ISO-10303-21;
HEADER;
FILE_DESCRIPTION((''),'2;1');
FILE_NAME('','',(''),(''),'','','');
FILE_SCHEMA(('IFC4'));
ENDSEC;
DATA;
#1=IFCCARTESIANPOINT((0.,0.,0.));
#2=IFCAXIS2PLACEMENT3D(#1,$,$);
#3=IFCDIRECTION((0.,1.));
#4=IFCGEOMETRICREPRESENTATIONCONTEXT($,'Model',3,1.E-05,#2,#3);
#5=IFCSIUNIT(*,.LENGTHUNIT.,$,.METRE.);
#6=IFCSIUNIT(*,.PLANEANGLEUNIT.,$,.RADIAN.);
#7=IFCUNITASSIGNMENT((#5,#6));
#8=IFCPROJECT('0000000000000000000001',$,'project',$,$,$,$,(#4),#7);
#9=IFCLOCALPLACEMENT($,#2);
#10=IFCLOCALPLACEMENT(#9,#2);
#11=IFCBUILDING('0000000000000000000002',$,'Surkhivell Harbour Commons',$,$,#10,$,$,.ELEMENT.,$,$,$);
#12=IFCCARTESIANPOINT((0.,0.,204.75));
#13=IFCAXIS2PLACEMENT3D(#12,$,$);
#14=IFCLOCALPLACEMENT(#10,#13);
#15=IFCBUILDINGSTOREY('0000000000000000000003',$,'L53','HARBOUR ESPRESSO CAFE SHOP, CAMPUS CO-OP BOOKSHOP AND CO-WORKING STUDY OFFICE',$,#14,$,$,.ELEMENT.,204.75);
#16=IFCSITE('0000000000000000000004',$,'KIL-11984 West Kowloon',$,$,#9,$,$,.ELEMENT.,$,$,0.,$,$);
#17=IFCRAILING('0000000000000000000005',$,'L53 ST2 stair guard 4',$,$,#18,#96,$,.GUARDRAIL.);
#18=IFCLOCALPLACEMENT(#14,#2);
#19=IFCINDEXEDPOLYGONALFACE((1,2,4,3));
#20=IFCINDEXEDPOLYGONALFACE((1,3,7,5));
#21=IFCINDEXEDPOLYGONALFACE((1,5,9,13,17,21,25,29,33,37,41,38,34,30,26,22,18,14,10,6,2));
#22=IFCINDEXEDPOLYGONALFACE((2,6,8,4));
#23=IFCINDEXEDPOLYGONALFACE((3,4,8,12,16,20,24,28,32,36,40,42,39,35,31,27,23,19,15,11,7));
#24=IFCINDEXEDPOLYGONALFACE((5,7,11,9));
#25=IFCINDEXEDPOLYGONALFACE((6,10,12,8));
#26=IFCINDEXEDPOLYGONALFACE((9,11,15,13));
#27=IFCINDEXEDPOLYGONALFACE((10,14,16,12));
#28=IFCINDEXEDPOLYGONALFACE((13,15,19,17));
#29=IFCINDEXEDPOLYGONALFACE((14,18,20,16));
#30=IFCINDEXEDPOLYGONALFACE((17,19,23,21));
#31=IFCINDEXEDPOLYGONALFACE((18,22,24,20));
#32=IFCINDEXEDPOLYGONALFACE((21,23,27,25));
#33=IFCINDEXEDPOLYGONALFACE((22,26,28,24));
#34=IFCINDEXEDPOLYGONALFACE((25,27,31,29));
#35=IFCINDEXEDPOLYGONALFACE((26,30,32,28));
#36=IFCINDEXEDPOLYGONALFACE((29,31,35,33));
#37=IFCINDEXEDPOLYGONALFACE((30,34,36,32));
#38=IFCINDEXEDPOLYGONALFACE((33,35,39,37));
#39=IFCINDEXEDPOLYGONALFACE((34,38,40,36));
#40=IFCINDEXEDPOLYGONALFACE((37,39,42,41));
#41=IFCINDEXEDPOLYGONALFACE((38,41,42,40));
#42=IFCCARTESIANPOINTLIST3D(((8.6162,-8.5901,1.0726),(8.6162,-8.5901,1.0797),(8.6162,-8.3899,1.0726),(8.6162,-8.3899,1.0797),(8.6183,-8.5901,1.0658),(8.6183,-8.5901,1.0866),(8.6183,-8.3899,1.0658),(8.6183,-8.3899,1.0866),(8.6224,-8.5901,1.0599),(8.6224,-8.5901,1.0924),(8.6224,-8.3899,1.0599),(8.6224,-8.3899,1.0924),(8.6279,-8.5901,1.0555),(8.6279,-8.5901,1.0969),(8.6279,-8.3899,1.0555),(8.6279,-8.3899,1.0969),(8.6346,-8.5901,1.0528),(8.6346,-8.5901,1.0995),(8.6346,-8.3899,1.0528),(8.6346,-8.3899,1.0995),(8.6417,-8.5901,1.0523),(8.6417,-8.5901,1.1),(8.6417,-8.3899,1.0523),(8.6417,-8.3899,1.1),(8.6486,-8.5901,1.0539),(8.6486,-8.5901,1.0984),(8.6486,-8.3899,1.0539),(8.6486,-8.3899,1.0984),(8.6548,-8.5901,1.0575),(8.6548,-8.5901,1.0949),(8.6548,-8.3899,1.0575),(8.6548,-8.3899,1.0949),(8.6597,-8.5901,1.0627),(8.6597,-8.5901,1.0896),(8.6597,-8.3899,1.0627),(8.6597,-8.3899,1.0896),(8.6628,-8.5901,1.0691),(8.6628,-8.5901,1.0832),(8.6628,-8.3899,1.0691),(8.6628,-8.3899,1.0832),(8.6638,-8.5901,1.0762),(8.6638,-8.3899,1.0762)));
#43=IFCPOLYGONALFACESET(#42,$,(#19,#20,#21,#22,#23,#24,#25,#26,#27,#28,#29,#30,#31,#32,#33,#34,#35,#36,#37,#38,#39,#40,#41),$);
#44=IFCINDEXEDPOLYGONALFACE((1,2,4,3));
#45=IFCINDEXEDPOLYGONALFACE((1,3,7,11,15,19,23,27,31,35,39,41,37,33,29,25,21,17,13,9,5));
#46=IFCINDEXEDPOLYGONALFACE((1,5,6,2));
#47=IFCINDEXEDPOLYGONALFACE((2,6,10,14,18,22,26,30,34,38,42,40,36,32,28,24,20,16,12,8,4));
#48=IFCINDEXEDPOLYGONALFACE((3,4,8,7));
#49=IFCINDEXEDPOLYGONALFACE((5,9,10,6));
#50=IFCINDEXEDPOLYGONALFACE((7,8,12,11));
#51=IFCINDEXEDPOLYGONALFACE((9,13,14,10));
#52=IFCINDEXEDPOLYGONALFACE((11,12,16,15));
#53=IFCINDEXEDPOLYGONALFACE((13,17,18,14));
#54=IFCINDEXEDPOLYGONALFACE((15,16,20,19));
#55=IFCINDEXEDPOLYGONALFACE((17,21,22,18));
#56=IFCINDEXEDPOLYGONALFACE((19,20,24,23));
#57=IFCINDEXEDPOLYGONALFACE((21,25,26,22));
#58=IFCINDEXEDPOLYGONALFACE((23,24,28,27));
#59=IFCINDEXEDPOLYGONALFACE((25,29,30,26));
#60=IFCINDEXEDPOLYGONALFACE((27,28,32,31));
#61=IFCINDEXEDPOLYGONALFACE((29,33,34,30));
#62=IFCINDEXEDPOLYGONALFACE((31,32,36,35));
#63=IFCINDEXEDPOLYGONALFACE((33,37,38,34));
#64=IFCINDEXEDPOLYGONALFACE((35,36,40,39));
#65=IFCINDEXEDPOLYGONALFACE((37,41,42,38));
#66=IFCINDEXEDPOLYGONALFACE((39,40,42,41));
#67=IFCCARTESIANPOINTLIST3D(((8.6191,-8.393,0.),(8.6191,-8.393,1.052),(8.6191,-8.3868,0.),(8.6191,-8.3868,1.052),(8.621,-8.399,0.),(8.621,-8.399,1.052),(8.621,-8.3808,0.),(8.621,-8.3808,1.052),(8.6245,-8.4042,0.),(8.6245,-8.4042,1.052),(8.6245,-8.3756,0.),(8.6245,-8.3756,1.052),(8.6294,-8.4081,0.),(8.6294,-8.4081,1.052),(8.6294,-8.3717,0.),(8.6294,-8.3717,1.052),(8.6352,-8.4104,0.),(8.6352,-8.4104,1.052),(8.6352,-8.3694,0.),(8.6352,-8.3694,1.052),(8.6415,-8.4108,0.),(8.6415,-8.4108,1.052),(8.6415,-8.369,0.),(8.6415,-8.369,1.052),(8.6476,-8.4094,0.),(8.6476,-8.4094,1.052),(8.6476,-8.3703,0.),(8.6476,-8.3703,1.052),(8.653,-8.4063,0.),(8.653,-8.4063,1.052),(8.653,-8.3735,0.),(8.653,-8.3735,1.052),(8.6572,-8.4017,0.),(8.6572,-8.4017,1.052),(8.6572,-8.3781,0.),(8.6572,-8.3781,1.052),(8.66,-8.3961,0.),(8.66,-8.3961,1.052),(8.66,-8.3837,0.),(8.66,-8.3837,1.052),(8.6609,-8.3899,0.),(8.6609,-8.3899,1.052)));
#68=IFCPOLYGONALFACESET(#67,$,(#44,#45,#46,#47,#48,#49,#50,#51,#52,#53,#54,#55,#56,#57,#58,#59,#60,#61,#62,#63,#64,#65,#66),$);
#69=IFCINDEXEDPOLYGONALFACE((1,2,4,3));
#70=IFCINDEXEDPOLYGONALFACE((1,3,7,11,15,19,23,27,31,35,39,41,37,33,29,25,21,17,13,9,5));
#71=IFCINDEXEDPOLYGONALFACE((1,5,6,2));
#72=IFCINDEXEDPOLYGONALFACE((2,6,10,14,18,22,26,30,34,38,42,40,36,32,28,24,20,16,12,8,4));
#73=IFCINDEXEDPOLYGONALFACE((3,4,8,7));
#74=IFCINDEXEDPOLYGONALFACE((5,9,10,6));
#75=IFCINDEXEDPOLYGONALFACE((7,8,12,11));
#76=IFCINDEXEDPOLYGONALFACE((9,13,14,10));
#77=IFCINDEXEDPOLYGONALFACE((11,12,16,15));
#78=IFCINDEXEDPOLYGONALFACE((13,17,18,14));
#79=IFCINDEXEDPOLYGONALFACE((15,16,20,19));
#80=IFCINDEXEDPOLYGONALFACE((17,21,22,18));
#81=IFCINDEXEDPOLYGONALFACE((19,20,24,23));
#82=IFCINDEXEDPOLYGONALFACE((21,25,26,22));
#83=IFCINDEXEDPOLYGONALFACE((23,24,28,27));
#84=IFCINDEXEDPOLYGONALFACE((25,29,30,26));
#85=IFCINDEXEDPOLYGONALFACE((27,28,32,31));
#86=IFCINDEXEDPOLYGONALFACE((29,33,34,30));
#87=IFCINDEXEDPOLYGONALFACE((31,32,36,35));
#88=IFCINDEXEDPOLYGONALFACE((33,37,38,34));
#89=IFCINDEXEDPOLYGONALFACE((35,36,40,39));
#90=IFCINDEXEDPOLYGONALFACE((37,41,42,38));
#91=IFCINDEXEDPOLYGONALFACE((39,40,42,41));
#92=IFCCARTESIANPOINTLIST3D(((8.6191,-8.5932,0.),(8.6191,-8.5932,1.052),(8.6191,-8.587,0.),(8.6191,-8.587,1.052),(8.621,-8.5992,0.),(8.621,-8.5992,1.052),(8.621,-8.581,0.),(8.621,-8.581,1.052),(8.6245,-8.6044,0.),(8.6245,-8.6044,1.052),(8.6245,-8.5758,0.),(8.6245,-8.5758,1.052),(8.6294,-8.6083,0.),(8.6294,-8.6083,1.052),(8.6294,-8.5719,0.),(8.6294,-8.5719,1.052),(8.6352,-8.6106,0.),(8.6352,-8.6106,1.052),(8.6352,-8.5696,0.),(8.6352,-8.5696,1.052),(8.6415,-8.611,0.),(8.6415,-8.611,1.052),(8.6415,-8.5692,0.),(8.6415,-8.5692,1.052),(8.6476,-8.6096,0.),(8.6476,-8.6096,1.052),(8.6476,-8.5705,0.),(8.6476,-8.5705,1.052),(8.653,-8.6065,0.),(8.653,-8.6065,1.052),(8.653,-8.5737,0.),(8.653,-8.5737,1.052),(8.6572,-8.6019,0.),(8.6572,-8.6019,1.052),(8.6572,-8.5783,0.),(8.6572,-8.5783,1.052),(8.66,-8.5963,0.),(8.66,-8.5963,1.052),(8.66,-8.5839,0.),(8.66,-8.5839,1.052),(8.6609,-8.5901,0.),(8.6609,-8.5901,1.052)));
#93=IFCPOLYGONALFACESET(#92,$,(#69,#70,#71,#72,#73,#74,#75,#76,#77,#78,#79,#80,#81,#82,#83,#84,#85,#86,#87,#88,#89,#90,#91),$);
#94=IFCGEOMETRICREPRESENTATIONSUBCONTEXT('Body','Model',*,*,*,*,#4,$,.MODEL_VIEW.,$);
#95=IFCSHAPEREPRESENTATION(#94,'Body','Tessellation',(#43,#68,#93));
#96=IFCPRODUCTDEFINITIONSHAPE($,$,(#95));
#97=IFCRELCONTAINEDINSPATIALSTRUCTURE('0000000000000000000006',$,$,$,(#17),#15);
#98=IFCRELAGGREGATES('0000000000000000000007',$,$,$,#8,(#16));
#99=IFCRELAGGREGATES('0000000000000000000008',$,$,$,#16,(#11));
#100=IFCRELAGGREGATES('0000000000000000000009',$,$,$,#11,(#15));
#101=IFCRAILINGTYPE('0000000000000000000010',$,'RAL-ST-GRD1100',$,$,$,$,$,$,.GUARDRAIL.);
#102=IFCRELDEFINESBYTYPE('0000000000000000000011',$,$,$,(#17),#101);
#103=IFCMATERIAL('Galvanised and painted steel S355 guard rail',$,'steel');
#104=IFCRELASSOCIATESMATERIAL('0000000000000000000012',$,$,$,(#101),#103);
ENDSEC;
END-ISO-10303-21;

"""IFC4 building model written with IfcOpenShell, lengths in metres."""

from ifc_helpers import new_model, si_unit, direction, frame, origin, origin_2d, place, context, subcontext, project, spatial, circle, extrude, material, type_object, element, save


model = new_model("IFC4")

# Units and contexts
model_context = context("Model", 3, precision=1e-05, world=origin(), true_north=direction((0.0, 1.0)))
body_context = subcontext(model_context, "Body", "Model", "MODEL_VIEW")
ifc_project = project(units=[si_unit("LENGTHUNIT", "METRE"), si_unit("PLANEANGLEUNIT", "RADIAN")], contexts=[model_context])

# Site, building, storey
site_placement = place(None, origin())
site = spatial("IfcSite", under=ifc_project, at=site_placement, Name="KIL-11984 West Kowloon", CompositionType="ELEMENT", RefElevation=0.0)
building_placement = place(site_placement, origin())
building = spatial("IfcBuilding", under=site, at=building_placement, Name="Surkhivell Harbour Commons", CompositionType="ELEMENT")
storey_placement = place(building_placement, frame((0.0, 0.0, 204.75)))
storey = spatial("IfcBuildingStorey", under=building, at=storey_placement, Name="L53", Description="HARBOUR ESPRESSO CAFE SHOP, CAMPUS CO-OP BOOKSHOP AND CO-WORKING STUDY OFFICE", CompositionType="ELEMENT", Elevation=204.75)

# Railing
ifc_material_1 = material(Name="Galvanised and painted steel S355 guard rail", Category="steel")
railing_type_1 = type_object("IfcRailingType", Name="RAL-ST-GRD1100", PredefinedType="GUARDRAIL", material=ifc_material_1)
railing_1_placement = place(storey_placement, frame((8.6399, -8.3899, 0.0)))
element("IfcRailing", 1, at=railing_1_placement, inside=storey, type_object=railing_type_1, Name="L53 ST2 stair guard 4", PredefinedType="GUARDRAIL", context=body_context, shape_type="SweptSolid", body=[
    extrude(circle(Radius=0.0239, at=origin_2d()), frame((0.0, 0.0, 1.0762), z_axis=(0.0, -1.0, 0.0), x_axis=(1.0, 0.0, 0.0)), (0.0, 0.0, 1.0), 0.2002),
    extrude(circle(Radius=0.021, at=origin_2d()), origin(), (0.0, 0.0, 1.0), 1.052),
    extrude(circle(Radius=0.021, at=origin_2d()), frame((0.0, -0.2002, 0.0)), (0.0, 0.0, 1.0), 1.052),
])

save(model, "model.ifc")
